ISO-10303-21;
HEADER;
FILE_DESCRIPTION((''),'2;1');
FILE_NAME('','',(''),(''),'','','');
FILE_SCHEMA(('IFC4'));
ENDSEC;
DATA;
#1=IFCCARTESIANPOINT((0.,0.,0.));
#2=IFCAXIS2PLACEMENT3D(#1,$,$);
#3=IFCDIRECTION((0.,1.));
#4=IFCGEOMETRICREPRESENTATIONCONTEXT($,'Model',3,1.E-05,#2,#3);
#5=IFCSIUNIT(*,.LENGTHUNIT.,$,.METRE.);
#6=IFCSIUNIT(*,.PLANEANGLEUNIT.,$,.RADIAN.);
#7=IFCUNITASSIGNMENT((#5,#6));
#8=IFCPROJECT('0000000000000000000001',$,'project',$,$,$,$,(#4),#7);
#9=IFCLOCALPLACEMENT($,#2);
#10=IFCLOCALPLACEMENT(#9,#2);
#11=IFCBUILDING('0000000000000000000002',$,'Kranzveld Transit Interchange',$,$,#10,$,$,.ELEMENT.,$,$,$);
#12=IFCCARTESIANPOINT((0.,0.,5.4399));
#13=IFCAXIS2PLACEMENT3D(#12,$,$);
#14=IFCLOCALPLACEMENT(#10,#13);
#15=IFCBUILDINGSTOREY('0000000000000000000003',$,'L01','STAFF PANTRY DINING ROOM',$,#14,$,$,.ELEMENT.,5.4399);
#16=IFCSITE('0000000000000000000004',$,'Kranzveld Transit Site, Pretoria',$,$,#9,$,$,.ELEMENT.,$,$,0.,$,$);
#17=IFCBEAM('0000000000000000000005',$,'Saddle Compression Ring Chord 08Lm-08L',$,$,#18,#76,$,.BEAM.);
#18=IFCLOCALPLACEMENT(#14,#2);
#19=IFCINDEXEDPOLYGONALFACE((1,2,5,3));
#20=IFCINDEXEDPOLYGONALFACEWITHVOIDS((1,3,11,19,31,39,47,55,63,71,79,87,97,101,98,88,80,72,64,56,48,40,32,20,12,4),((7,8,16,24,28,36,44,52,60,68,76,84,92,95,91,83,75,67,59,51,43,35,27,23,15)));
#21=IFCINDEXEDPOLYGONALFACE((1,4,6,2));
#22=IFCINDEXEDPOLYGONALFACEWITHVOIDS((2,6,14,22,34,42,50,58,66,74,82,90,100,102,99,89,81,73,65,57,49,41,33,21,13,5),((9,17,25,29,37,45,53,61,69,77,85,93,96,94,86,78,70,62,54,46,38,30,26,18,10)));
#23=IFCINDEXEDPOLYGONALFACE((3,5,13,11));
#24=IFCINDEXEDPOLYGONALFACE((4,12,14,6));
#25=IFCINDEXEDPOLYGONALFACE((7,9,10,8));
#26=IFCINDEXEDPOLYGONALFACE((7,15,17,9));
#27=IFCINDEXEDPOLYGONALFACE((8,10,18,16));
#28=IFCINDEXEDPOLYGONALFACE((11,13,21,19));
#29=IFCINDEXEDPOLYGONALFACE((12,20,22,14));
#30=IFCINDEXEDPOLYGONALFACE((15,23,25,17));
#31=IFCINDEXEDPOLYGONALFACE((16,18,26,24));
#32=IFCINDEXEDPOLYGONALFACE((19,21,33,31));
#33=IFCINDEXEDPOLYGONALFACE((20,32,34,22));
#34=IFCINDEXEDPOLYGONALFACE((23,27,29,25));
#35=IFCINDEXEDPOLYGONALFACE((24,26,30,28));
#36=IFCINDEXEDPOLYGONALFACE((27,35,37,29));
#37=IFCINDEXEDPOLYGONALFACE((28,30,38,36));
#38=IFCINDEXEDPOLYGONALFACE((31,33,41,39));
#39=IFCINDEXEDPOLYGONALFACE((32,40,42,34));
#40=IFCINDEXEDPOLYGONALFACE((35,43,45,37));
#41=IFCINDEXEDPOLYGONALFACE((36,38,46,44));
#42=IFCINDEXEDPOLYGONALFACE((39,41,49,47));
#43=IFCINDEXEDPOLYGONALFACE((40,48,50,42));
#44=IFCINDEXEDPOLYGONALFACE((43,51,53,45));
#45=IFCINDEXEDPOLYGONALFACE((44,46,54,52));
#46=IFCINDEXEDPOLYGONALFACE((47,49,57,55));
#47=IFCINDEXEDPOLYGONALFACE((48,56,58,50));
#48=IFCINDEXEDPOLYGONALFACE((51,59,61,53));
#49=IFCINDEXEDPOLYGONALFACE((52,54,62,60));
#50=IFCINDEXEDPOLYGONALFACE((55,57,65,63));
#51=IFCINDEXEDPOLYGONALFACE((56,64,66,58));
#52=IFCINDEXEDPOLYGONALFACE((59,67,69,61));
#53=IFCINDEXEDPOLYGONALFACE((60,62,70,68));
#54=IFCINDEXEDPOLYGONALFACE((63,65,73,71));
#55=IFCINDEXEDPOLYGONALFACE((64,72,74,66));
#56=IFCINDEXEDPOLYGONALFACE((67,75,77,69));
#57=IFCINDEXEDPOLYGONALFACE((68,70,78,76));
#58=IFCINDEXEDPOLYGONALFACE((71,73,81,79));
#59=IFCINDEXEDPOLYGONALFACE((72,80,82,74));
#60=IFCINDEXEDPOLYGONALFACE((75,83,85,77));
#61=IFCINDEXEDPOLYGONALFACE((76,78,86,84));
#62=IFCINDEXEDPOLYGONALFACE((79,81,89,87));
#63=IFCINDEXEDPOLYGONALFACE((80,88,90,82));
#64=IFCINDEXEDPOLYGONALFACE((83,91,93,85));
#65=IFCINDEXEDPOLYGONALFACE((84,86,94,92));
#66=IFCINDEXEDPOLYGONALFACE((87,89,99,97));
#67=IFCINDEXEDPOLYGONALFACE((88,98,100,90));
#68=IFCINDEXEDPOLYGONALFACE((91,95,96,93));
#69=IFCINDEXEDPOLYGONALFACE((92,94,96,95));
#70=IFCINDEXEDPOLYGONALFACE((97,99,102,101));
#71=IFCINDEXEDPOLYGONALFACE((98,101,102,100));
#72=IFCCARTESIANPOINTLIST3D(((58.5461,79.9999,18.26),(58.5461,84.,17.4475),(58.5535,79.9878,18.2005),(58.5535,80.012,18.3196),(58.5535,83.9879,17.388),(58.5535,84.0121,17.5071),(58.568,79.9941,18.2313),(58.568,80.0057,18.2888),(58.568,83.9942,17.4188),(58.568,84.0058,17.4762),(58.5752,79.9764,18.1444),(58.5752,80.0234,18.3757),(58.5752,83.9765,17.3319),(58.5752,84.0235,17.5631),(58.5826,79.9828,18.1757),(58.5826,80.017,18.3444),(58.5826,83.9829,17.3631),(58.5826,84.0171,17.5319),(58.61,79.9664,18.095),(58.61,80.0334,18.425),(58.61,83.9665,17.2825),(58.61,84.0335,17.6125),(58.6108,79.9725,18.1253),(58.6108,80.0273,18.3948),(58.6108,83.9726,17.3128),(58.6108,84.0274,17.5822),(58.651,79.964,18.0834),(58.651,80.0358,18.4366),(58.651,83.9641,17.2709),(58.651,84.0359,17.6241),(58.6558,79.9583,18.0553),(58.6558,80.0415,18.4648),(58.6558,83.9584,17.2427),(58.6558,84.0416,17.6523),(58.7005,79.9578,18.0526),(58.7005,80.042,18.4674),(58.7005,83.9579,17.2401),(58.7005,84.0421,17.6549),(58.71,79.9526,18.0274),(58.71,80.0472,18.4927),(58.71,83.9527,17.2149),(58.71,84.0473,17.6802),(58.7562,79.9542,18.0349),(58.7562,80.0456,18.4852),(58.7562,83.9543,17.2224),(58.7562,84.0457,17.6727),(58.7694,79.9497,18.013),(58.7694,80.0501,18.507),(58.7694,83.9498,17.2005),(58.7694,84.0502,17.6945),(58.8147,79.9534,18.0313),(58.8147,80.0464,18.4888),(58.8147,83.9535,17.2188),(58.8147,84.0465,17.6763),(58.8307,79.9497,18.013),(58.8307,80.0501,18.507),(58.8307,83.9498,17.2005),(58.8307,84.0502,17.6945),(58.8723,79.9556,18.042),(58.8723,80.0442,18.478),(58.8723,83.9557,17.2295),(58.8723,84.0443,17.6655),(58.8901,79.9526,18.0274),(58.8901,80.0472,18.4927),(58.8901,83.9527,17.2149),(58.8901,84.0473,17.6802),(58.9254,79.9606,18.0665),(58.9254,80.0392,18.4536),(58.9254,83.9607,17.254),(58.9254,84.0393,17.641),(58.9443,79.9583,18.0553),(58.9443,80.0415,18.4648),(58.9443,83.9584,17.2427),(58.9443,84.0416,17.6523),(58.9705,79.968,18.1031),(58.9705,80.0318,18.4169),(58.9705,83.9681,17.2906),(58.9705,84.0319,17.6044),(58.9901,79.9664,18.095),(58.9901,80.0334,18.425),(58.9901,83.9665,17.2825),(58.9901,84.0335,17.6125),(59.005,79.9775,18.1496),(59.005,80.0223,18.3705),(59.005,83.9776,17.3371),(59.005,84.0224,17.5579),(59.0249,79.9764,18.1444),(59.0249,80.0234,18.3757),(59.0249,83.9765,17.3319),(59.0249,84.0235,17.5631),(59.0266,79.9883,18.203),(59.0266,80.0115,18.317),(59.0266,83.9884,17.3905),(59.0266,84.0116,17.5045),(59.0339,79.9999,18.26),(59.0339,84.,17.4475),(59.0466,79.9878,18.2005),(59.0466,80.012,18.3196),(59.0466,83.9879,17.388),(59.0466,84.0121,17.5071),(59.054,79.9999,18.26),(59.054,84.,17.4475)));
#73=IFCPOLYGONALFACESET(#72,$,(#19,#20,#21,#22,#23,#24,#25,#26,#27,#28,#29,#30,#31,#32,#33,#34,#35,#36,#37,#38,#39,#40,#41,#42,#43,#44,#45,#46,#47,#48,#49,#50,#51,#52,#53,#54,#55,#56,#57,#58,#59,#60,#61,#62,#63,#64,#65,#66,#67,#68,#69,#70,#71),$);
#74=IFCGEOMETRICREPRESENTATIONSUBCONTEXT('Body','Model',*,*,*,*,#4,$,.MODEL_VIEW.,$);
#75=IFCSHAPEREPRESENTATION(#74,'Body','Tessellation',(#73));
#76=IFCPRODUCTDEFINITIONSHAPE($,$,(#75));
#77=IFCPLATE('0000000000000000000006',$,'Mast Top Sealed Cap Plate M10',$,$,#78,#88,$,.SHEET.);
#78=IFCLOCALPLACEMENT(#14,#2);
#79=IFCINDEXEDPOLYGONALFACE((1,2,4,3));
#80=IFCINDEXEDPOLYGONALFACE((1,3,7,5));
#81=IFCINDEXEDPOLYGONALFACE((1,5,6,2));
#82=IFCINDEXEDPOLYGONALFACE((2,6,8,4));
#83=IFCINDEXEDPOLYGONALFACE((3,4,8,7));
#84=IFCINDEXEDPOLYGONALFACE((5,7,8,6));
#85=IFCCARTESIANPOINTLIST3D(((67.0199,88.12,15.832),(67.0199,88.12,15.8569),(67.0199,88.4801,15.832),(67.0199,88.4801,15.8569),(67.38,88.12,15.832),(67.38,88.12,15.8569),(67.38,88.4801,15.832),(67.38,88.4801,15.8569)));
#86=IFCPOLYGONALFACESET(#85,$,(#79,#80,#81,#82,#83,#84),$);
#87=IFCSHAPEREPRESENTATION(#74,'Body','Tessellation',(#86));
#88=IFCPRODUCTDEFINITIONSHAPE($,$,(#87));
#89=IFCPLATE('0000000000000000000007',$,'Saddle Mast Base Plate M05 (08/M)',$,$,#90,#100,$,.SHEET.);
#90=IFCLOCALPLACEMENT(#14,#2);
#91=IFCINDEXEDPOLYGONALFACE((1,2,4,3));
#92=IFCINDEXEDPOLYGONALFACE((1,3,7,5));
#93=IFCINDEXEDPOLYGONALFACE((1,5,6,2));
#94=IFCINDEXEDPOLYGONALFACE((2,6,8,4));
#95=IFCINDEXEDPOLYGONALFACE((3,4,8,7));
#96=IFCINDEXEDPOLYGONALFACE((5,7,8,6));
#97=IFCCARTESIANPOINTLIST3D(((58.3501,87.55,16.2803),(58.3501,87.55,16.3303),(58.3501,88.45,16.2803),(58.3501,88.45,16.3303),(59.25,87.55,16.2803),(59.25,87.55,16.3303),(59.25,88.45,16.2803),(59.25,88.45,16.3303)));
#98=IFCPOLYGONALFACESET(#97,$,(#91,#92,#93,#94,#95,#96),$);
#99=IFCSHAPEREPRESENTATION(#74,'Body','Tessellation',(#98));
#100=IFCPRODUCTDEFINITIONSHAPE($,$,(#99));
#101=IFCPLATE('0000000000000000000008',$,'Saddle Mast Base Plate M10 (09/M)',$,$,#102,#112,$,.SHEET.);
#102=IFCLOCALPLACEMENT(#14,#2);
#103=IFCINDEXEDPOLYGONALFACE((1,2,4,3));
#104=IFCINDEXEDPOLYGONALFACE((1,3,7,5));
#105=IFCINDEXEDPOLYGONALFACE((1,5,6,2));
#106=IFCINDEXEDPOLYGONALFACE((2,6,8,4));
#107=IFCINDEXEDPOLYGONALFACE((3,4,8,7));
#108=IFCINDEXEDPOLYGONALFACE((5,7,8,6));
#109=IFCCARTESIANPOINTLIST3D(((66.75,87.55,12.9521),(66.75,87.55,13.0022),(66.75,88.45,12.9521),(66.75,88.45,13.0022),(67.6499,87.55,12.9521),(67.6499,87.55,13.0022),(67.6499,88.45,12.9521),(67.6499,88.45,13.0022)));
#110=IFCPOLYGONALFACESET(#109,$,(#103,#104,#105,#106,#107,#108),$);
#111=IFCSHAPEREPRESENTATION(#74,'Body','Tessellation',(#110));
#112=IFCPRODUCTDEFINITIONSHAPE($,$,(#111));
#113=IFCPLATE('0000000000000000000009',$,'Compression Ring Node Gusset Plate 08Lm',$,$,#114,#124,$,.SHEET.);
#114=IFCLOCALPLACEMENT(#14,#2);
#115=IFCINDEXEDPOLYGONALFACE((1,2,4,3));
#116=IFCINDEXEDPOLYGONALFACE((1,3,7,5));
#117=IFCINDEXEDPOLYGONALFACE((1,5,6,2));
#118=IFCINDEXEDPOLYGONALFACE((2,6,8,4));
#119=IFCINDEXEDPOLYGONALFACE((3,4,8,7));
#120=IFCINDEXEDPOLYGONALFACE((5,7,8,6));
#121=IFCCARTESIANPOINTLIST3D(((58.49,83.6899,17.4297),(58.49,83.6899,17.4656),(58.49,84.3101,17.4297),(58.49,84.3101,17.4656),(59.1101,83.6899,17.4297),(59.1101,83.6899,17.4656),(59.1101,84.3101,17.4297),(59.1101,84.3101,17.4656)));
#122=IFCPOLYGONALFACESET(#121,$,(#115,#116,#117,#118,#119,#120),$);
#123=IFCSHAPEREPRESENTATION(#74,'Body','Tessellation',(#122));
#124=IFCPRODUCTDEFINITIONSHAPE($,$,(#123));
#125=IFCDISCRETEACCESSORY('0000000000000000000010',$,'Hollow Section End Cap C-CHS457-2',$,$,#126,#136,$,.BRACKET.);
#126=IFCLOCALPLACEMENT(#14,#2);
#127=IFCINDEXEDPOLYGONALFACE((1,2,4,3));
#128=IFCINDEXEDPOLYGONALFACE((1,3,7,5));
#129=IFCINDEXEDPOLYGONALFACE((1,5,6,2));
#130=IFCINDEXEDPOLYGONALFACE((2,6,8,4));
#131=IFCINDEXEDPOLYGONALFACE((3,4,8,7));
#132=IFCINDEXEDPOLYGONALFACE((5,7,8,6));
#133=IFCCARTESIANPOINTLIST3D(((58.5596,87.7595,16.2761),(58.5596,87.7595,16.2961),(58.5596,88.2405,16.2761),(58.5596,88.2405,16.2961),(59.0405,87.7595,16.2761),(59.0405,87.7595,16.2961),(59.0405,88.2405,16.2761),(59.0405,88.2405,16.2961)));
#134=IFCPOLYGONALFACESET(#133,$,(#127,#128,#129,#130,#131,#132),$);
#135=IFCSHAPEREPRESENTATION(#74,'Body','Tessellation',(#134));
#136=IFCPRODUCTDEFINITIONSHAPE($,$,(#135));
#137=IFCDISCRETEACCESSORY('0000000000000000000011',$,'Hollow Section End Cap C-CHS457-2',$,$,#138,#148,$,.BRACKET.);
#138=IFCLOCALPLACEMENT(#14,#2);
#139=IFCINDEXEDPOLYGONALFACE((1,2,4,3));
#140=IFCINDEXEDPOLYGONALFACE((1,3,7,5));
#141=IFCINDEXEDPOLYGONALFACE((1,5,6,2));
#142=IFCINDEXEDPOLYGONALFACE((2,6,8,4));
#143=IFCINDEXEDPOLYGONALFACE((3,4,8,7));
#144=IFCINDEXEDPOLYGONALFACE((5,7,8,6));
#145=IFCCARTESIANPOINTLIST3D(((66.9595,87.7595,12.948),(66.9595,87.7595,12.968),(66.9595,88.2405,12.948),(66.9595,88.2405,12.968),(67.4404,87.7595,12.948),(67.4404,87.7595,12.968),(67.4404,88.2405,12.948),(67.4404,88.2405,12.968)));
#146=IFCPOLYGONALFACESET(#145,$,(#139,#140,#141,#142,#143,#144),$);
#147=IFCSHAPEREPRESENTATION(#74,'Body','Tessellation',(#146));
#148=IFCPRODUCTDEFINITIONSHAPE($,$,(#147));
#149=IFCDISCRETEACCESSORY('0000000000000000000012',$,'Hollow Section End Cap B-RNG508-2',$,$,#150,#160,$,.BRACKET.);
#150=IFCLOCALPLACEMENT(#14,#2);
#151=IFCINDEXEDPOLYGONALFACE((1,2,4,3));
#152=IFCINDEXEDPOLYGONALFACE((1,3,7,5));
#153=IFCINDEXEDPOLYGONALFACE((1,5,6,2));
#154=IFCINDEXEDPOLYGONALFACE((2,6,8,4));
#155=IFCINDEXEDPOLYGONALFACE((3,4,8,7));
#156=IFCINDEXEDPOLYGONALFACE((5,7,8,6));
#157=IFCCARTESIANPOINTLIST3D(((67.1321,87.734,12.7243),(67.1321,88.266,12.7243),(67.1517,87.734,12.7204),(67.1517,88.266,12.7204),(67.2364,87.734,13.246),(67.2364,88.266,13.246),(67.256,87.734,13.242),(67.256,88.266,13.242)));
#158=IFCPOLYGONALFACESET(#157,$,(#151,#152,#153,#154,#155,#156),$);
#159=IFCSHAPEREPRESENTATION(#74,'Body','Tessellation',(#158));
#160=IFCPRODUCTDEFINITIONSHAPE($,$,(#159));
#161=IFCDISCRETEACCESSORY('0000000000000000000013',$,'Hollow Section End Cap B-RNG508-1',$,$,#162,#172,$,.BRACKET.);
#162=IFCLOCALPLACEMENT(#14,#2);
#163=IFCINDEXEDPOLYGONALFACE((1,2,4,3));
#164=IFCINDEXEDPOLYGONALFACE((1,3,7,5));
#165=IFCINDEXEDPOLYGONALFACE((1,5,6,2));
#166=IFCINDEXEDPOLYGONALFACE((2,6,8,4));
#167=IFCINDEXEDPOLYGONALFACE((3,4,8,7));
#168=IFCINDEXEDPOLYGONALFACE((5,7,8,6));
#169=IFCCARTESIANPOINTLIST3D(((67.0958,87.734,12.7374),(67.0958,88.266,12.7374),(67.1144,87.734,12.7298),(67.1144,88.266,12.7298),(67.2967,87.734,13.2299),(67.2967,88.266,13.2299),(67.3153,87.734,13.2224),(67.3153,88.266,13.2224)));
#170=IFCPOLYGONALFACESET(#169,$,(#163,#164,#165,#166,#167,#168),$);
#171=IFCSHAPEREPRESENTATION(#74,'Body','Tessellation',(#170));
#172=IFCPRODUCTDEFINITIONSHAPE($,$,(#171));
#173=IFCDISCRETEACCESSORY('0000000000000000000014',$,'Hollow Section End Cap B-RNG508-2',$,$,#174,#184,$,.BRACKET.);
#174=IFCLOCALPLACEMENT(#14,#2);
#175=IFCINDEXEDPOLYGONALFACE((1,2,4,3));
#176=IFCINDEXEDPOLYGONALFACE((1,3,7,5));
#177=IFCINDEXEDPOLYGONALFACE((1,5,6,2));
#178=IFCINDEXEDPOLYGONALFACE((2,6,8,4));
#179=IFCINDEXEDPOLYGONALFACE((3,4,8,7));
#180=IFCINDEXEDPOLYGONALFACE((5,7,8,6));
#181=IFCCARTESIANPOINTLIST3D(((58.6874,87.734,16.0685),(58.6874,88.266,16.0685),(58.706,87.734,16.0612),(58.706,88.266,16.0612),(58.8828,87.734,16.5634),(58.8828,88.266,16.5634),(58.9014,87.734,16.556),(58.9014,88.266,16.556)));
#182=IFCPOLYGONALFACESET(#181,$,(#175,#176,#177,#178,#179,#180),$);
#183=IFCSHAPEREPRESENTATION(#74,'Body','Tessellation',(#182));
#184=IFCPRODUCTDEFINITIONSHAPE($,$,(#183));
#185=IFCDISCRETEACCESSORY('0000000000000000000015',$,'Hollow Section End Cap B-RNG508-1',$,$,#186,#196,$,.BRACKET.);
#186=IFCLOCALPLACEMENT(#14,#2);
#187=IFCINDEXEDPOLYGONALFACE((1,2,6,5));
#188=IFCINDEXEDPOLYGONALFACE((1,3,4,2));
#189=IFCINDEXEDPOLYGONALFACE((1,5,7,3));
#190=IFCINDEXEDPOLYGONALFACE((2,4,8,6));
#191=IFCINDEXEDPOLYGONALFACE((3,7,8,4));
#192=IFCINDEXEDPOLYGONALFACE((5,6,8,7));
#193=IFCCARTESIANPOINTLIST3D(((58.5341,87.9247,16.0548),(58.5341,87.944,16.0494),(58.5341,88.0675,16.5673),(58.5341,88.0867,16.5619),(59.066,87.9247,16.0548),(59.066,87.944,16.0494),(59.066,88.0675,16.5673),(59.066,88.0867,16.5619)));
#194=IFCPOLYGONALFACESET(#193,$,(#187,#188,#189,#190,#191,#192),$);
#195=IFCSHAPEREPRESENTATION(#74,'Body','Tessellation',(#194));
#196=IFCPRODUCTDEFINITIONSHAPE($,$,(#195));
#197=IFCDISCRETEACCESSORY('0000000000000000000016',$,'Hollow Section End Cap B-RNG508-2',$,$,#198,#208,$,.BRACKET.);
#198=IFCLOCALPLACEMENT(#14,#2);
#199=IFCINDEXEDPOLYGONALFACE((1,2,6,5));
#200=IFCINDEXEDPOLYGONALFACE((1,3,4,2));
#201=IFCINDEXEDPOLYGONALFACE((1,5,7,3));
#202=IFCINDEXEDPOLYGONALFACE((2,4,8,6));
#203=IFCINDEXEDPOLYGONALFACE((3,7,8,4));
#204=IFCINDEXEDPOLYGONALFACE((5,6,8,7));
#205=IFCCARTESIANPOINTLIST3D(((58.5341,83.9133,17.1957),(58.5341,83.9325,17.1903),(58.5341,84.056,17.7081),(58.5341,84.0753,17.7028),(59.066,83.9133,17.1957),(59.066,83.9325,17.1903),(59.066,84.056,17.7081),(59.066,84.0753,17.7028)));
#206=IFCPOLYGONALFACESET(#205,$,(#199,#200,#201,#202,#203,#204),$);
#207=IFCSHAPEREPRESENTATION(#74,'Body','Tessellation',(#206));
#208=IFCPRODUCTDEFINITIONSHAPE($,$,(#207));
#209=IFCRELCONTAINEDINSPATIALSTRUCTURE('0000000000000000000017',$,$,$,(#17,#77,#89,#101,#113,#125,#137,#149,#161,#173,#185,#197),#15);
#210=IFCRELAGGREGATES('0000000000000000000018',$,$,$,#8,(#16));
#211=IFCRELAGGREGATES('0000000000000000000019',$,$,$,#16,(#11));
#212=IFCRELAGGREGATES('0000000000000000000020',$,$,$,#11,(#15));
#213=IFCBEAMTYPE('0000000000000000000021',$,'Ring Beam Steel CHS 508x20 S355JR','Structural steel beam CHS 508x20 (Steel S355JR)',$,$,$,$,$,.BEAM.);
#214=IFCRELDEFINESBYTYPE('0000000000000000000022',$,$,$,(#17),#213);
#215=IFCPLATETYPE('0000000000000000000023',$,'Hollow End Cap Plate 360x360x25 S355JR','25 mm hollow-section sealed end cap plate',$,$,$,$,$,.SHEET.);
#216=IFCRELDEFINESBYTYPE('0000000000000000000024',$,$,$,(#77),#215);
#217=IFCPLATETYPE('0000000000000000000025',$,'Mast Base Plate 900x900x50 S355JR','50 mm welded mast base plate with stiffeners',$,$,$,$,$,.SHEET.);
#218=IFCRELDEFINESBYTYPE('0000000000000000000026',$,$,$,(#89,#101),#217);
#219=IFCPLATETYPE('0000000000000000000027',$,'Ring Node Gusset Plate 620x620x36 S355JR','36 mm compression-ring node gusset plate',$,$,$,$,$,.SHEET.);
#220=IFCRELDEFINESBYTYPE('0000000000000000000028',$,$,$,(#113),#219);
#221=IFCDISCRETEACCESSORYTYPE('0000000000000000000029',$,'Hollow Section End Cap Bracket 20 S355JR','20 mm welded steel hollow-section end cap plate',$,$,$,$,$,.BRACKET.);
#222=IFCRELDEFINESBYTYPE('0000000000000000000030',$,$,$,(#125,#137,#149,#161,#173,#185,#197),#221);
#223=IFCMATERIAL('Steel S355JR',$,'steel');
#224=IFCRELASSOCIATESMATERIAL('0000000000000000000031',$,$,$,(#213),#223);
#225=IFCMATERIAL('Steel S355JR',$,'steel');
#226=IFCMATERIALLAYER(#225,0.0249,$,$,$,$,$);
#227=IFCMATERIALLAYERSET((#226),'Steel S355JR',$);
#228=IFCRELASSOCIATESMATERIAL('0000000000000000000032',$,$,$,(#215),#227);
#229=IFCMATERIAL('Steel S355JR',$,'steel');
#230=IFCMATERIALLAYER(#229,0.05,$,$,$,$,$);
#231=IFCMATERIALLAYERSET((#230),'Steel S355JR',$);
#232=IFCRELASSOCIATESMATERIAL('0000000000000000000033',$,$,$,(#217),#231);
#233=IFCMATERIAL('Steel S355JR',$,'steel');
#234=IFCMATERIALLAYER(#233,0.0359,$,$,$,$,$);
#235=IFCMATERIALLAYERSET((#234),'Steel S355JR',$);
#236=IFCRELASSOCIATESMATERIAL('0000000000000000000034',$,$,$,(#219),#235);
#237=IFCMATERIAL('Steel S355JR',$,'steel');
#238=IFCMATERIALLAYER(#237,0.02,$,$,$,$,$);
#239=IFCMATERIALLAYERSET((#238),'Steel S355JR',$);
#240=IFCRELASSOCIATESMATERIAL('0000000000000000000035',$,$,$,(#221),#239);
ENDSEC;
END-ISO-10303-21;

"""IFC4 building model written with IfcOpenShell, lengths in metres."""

from ifc_helpers import new_model, si_unit, direction, frame, origin, origin_2d, place, context, subcontext, project, spatial, rectangle, hollow_circle, extrude, material, layer, layer_set, material_profile, profile_set, type_object, element, save


model = new_model("IFC4")

# Units and contexts
model_context = context("Model", 3, precision=1e-05, world=origin(), true_north=direction((0.0, 1.0)))
body_context = subcontext(model_context, "Body", "Model", "MODEL_VIEW")
ifc_project = project(units=[si_unit("LENGTHUNIT", "METRE"), si_unit("PLANEANGLEUNIT", "RADIAN")], contexts=[model_context])

# Site, building, storey
site_placement = place(None, origin())
site = spatial("IfcSite", under=ifc_project, at=site_placement, Name="Kranzveld Transit Site, Pretoria", CompositionType="ELEMENT", RefElevation=0.0)
building_placement = place(site_placement, origin())
building = spatial("IfcBuilding", under=site, at=building_placement, Name="Kranzveld Transit Interchange", CompositionType="ELEMENT")
storey_placement = place(building_placement, frame((0.0, 0.0, 5.4399)))
storey = spatial("IfcBuildingStorey", under=building, at=storey_placement, Name="L01", Description="STAFF PANTRY DINING ROOM", CompositionType="ELEMENT", Elevation=5.4399)

# Beam
ifc_material_1 = material(Name="Steel S355JR", Category="steel")
ifc_material_profile_1 = material_profile(ifc_material_1, hollow_circle(Radius=0.2539, WallThickness=0.02, at=origin_2d()), Name="CHS 508x20")
ifc_profile_set_1 = profile_set([ifc_material_profile_1], Name="Steel S355JR")
beam_type = type_object("IfcBeamType", Name="Ring Beam Steel CHS 508x20 S355JR", Description="Structural steel beam CHS 508x20 (Steel S355JR)", PredefinedType="BEAM", material=ifc_profile_set_1)
beam_1_placement = place(storey_placement, frame((58.8, 84.0, 17.4475), z_axis=(0.0, -0.979987, 0.19906), x_axis=(1.0, 0.0, 0.0)))
element("IfcBeam", 1, at=beam_1_placement, inside=storey, type_object=beam_type, Name="Saddle Compression Ring Chord 08Lm-08L", PredefinedType="BEAM", context=body_context, shape_type="SweptSolid", body=[
    extrude(hollow_circle(Radius=0.2539, WallThickness=0.02, at=origin_2d()), origin(), (0.0, 0.0, 1.0), 4.0818),
])

# Plates
ifc_material_2 = material(Name="Steel S355JR", Category="steel")
ifc_layer_1 = layer(ifc_material_2, 0.0249)
ifc_layer_set_1 = layer_set([ifc_layer_1], Name="Steel S355JR")
plate_type_1 = type_object("IfcPlateType", Name="Hollow End Cap Plate 360x360x25 S355JR", Description="25 mm hollow-section sealed end cap plate", PredefinedType="SHEET", material=ifc_layer_set_1)
plate_1_placement = place(storey_placement, frame((67.2, 88.3, 15.832), z_axis=(0.0, 0.0, 1.0), x_axis=(1.0, 0.0, 0.0)))
element("IfcPlate", 2, at=plate_1_placement, inside=storey, type_object=plate_type_1, Name="Mast Top Sealed Cap Plate M10", PredefinedType="SHEET", context=body_context, shape_type="SweptSolid", body=[
    extrude(rectangle(XDim=0.3601, YDim=0.3601, at=origin_2d()), origin(), (0.0, 0.0, 1.0), 0.0249),
])
ifc_material_3 = material(Name="Steel S355JR", Category="steel")
ifc_layer_2 = layer(ifc_material_3, 0.05)
ifc_layer_set_2 = layer_set([ifc_layer_2], Name="Steel S355JR")
plate_type_2 = type_object("IfcPlateType", Name="Mast Base Plate 900x900x50 S355JR", Description="50 mm welded mast base plate with stiffeners", PredefinedType="SHEET", material=ifc_layer_set_2)
for number, where, z_axis, x_axis, name in (
    (3, (58.8, 88.0, 16.2803), (0.0, 0.0, 1.0), (1.0, 0.0, 0.0), "Saddle Mast Base Plate M05 (08/M)"),
    (4, (67.2, 88.0, 12.9521), (0.0, 0.0, 1.0), (1.0, 0.0, 0.0), "Saddle Mast Base Plate M10 (09/M)"),
):
    element("IfcPlate", number, at=place(storey_placement, frame(where, z_axis=z_axis, x_axis=x_axis)), inside=storey, type_object=plate_type_2, Name=name, PredefinedType="SHEET", context=body_context, shape_type="SweptSolid", body=[
        extrude(rectangle(XDim=0.8999, YDim=0.8999, at=origin_2d()), origin(), (0.0, 0.0, 1.0), 0.05),
    ])
ifc_material_4 = material(Name="Steel S355JR", Category="steel")
ifc_layer_3 = layer(ifc_material_4, 0.0359)
ifc_layer_set_3 = layer_set([ifc_layer_3], Name="Steel S355JR")
plate_type_3 = type_object("IfcPlateType", Name="Ring Node Gusset Plate 620x620x36 S355JR", Description="36 mm compression-ring node gusset plate", PredefinedType="SHEET", material=ifc_layer_set_3)
plate_2_placement = place(storey_placement, frame((58.8, 84.0, 17.4297), z_axis=(0.0, 0.0, 1.0), x_axis=(1.0, 0.0, 0.0)))
element("IfcPlate", 5, at=plate_2_placement, inside=storey, type_object=plate_type_3, Name="Compression Ring Node Gusset Plate 08Lm", PredefinedType="SHEET", context=body_context, shape_type="SweptSolid", body=[
    extrude(rectangle(XDim=0.6201, YDim=0.6201, at=origin_2d()), origin(), (0.0, 0.0, 1.0), 0.0359),
])

# Discrete accessories
ifc_material_5 = material(Name="Steel S355JR", Category="steel")
ifc_layer_4 = layer(ifc_material_5, 0.02)
ifc_layer_set_4 = layer_set([ifc_layer_4], Name="Steel S355JR")
discrete_accessory_type = type_object("IfcDiscreteAccessoryType", Name="Hollow Section End Cap Bracket 20 S355JR", Description="20 mm welded steel hollow-section end cap plate", PredefinedType="BRACKET", material=ifc_layer_set_4)
for number, where, z_axis, x_axis, name in (
    (6, (58.8, 88.0, 16.2761), (0.0, 0.0, 1.0), (1.0, 0.0, 0.0), "Hollow Section End Cap C-CHS457-2"),
    (7, (67.2, 88.0, 12.948), (0.0, 0.0, 1.0), (1.0, 0.0, 0.0), "Hollow Section End Cap C-CHS457-2"),
):
    element("IfcDiscreteAccessory", number, at=place(storey_placement, frame(where, z_axis=z_axis, x_axis=x_axis)), inside=storey, type_object=discrete_accessory_type, Name=name, PredefinedType="BRACKET", context=body_context, shape_type="SweptSolid", body=[
        extrude(rectangle(XDim=0.481, YDim=0.481, at=origin_2d()), origin(), (0.0, 0.0, 1.0), 0.02),
    ])
for number, where, z_axis, x_axis, name in (
    (8, (67.2039, 88.0, 12.9812), (-0.980581, 0.0, 0.196116), (0.0, -1.0, 0.0), "Hollow Section End Cap B-RNG508-2"),
    (9, (67.1963, 88.0, 12.9836), (0.925935, 0.0, -0.377684), (0.0, 1.0, 0.0), "Hollow Section End Cap B-RNG508-1"),
    (10, (58.8037, 88.0, 16.3086), (-0.930155, 0.0, 0.367167), (0.0, -1.0, 0.0), "Hollow Section End Cap B-RNG508-2"),
    (11, (58.8, 87.9961, 16.311), (0.0, 0.963343, -0.268273), (-1.0, 0.0, 0.0), "Hollow Section End Cap B-RNG508-1"),
    (12, (58.8, 84.0039, 17.4465), (0.0, -0.963343, 0.268273), (1.0, 0.0, 0.0), "Hollow Section End Cap B-RNG508-2"),
):
    element("IfcDiscreteAccessory", number, at=place(storey_placement, frame(where, z_axis=z_axis, x_axis=x_axis)), inside=storey, type_object=discrete_accessory_type, Name=name, PredefinedType="BRACKET", context=body_context, shape_type="SweptSolid", body=[
        extrude(rectangle(XDim=0.532, YDim=0.532, at=origin_2d()), origin(), (0.0, 0.0, 1.0), 0.02),
    ])

save(model, "model.ifc")
